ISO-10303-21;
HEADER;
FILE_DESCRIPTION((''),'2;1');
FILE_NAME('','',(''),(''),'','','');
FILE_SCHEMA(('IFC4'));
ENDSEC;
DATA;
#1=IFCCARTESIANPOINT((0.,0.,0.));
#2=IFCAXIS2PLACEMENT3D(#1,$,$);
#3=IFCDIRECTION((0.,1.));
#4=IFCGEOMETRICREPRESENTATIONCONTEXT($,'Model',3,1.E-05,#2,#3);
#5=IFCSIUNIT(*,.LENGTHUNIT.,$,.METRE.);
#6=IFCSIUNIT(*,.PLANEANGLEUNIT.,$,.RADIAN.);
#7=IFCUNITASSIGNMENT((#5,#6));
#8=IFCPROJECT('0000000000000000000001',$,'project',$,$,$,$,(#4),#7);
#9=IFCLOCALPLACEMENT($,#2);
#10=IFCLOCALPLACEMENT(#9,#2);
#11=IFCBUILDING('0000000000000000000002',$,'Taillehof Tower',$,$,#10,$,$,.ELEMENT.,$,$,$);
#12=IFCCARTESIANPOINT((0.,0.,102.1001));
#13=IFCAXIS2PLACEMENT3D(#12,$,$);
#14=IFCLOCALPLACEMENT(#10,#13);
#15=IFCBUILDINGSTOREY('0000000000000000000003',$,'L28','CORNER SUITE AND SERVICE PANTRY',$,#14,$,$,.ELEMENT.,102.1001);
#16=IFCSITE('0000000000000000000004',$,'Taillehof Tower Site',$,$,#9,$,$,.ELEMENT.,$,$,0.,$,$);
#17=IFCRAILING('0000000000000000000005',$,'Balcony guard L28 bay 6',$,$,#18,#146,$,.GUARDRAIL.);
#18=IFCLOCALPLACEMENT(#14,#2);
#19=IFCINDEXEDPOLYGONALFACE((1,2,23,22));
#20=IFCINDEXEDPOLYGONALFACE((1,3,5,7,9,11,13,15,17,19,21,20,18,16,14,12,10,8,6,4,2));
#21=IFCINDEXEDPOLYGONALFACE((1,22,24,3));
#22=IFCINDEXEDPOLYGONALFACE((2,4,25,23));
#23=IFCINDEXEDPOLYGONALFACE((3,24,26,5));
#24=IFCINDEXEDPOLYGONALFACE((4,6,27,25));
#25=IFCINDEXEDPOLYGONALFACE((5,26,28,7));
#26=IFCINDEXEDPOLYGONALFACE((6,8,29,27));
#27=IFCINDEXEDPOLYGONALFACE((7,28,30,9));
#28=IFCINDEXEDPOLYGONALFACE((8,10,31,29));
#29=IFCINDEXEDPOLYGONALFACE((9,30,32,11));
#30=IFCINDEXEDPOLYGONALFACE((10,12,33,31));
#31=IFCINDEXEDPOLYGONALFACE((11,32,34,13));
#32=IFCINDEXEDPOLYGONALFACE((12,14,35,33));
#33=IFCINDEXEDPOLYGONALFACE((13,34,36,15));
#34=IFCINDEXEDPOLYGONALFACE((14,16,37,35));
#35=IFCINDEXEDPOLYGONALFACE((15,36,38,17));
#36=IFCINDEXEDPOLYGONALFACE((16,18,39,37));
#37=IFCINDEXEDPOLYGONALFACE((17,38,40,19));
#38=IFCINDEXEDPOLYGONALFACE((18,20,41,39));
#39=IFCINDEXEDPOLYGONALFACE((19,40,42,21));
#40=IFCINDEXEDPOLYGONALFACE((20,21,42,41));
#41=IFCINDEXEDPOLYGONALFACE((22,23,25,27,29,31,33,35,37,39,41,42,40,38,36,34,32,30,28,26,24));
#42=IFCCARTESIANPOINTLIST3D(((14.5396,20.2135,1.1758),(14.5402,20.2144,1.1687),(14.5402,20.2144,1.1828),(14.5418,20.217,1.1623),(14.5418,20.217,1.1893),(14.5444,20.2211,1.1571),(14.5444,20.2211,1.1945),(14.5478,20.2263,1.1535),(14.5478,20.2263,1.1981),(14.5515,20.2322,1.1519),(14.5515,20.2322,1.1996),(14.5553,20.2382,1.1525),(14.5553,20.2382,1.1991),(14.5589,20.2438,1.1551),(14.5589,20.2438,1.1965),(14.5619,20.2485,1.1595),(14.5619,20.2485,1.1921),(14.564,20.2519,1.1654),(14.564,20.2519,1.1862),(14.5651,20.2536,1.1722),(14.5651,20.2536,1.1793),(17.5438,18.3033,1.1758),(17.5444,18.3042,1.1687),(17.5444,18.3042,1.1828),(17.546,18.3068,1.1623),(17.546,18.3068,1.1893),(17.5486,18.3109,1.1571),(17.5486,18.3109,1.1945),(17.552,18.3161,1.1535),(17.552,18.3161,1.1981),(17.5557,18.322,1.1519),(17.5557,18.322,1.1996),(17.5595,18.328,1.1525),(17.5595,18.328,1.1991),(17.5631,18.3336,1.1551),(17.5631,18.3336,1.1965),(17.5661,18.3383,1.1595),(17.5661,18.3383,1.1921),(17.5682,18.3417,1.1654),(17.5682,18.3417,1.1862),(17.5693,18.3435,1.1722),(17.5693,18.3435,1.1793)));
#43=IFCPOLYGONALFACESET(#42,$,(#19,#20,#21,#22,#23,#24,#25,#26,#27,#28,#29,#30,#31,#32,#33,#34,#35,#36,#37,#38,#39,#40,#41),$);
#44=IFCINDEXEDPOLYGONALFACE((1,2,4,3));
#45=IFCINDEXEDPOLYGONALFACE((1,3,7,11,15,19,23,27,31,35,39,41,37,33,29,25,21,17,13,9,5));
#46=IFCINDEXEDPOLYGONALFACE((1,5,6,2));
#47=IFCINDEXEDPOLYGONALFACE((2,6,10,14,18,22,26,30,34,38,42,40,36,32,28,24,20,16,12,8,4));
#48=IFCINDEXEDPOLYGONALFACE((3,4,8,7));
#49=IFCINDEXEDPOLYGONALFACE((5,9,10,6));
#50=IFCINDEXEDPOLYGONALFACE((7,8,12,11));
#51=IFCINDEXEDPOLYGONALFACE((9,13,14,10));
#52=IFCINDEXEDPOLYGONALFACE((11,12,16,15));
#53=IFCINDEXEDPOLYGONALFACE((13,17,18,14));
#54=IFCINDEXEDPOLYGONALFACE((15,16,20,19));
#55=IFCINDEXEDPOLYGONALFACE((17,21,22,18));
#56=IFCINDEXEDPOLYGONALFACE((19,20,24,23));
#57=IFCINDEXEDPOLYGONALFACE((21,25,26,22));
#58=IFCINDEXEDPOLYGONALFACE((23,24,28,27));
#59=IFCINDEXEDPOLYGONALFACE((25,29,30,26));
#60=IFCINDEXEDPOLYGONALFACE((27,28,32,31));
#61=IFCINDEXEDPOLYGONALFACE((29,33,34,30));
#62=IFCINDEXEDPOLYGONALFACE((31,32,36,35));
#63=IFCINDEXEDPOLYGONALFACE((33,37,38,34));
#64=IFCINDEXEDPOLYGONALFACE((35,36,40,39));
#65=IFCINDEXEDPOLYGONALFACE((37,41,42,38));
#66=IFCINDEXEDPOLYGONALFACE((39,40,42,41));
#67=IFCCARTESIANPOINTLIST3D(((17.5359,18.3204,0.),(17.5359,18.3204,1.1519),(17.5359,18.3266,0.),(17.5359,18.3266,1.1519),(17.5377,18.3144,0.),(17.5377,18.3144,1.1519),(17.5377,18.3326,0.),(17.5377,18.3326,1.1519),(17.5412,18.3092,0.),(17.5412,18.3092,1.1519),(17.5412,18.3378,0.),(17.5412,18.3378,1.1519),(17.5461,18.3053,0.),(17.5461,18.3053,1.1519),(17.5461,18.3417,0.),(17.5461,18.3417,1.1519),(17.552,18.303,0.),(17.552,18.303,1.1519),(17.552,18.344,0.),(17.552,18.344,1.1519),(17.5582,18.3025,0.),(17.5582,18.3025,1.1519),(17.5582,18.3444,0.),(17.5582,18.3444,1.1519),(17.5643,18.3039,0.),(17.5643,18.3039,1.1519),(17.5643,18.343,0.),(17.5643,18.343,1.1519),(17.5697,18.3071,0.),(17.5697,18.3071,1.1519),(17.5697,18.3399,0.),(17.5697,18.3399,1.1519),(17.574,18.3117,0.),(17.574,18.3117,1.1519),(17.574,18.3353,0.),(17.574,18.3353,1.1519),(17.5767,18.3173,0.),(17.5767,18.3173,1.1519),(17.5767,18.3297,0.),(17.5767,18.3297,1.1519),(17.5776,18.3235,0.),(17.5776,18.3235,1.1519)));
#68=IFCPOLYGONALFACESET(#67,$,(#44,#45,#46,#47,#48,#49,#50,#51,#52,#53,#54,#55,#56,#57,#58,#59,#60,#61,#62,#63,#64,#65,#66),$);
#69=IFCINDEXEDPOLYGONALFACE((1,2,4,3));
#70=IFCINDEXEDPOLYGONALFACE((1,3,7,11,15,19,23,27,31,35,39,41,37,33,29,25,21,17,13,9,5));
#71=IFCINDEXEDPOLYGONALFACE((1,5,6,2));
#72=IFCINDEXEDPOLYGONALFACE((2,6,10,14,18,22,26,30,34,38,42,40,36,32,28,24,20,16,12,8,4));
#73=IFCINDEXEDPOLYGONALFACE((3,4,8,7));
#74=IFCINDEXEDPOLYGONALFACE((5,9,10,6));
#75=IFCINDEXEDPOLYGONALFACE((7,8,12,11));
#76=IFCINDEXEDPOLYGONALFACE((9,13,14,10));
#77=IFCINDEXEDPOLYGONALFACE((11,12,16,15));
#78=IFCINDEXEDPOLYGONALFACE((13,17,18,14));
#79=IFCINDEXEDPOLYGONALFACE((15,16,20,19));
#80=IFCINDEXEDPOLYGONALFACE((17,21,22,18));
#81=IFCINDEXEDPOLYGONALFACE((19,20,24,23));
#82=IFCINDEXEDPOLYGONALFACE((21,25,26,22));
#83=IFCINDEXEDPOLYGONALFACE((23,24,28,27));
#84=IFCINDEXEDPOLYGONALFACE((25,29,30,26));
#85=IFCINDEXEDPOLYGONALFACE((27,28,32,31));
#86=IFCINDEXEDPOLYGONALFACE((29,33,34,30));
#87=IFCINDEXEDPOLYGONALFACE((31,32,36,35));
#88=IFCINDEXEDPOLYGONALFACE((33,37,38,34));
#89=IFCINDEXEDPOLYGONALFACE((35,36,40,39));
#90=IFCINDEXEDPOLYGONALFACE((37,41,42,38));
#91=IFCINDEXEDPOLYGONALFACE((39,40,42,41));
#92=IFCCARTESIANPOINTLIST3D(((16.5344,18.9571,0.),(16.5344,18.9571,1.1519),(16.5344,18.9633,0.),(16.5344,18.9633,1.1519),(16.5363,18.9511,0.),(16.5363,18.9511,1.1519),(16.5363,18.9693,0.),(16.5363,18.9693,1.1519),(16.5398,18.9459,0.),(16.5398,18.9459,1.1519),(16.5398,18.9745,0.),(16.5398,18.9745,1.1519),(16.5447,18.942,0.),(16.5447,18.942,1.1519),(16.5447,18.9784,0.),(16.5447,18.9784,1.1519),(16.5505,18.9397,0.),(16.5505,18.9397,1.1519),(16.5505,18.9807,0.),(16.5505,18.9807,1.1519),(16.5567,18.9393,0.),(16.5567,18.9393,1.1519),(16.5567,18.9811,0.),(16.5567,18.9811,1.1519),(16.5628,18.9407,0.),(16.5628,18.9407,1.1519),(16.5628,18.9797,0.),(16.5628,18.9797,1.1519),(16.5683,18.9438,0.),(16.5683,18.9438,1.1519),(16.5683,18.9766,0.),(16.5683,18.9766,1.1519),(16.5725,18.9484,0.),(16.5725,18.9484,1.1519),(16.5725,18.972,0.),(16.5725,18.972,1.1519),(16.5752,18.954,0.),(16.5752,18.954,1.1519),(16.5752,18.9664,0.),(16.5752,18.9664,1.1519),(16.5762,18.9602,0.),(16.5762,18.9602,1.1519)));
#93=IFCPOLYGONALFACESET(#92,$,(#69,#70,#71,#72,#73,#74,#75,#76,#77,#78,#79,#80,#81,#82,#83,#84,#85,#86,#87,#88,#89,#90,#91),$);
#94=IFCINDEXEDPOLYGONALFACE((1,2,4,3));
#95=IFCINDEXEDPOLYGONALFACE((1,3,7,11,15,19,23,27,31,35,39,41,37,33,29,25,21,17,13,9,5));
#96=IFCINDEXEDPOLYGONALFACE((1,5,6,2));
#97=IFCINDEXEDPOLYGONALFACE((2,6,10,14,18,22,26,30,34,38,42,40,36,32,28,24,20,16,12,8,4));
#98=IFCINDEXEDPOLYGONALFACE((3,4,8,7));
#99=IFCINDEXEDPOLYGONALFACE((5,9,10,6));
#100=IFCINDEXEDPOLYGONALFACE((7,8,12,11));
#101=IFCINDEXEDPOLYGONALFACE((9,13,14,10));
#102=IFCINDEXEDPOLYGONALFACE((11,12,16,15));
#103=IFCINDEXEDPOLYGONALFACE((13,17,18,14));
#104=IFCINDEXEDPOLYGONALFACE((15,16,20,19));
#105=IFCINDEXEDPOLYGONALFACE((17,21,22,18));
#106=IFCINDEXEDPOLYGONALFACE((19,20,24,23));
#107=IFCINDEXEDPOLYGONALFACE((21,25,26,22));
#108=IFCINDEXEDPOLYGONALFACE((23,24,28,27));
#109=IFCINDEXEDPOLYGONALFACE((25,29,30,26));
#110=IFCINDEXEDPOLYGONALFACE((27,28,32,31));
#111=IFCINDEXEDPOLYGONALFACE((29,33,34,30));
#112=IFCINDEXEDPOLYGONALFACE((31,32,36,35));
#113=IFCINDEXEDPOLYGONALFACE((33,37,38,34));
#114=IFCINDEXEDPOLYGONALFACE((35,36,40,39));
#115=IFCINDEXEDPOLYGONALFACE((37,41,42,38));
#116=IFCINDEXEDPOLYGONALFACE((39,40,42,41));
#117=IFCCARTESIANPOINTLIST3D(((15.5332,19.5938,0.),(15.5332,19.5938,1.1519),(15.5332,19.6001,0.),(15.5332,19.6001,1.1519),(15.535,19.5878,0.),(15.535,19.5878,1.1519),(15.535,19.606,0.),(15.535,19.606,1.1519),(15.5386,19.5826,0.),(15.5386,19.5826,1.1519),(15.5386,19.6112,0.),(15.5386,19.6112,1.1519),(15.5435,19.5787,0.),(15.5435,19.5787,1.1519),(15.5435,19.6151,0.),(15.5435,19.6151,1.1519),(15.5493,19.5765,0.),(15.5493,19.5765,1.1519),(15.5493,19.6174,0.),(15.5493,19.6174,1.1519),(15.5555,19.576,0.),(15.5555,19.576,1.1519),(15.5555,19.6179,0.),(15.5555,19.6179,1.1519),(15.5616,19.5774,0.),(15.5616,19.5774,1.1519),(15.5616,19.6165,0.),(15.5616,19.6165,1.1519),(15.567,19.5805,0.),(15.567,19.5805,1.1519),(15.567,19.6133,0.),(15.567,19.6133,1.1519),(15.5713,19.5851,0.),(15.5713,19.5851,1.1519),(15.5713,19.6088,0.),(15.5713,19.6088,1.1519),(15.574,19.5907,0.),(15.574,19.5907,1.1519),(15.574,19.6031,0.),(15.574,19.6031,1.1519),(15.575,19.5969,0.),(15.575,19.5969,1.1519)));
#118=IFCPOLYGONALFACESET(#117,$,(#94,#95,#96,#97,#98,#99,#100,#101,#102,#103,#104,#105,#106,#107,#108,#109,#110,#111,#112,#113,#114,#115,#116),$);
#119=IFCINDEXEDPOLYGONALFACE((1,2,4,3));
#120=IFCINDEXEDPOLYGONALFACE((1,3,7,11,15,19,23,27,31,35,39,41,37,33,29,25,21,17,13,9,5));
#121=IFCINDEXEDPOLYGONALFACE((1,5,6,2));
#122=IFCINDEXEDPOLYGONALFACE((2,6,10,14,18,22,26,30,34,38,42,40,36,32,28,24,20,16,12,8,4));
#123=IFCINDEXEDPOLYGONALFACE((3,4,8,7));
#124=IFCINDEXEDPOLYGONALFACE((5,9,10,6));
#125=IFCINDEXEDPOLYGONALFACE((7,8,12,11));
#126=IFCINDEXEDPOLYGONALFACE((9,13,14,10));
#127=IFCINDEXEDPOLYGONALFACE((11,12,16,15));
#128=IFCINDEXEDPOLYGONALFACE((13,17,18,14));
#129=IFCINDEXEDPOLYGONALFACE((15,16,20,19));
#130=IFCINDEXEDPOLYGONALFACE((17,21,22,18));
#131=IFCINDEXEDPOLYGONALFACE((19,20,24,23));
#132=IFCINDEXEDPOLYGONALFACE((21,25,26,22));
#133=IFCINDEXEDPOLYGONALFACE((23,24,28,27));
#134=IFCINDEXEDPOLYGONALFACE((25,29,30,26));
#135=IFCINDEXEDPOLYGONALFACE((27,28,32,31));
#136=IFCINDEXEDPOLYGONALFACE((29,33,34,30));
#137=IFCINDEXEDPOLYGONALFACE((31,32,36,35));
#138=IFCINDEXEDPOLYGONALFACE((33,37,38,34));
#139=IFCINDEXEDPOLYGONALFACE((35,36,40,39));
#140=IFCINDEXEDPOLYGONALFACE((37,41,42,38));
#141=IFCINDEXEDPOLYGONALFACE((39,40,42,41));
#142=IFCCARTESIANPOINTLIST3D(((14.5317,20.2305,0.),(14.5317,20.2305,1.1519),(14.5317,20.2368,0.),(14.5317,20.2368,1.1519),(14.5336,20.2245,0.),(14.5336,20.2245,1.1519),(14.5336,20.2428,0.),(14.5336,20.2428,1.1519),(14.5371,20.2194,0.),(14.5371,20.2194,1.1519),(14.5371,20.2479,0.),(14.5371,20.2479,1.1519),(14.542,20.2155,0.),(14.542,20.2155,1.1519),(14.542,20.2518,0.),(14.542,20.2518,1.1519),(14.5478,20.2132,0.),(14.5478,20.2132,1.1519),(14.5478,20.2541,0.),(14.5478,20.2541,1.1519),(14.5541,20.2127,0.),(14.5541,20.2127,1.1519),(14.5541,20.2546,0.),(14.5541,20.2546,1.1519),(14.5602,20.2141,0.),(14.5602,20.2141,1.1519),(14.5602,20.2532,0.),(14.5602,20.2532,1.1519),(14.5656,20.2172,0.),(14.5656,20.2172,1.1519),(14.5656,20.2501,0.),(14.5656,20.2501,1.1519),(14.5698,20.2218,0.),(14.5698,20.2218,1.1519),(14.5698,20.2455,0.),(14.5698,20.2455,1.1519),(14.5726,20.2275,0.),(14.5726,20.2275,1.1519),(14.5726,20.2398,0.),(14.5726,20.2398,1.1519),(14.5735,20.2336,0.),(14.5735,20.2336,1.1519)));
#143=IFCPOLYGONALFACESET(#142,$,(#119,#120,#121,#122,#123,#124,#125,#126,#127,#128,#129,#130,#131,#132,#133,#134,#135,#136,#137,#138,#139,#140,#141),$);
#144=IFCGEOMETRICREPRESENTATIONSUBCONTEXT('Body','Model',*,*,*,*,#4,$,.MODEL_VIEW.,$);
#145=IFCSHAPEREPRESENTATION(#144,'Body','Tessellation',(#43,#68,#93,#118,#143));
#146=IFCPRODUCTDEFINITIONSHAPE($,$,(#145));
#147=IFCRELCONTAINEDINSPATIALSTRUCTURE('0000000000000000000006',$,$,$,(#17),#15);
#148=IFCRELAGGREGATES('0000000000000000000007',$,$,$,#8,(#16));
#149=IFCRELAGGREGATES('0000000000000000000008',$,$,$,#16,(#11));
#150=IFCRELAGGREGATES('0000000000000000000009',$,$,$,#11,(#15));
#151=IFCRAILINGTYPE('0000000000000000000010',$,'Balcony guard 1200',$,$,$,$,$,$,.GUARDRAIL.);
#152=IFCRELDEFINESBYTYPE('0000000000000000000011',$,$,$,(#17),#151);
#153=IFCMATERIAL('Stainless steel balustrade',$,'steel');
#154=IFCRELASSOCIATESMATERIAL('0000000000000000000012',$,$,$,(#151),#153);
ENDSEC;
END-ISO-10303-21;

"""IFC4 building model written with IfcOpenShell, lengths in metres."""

from ifc_helpers import new_model, si_unit, direction, frame, origin, origin_2d, place, context, subcontext, project, spatial, circle, extrude, material, type_object, element, save


model = new_model("IFC4")

# Units and contexts
model_context = context("Model", 3, precision=1e-05, world=origin(), true_north=direction((0.0, 1.0)))
body_context = subcontext(model_context, "Body", "Model", "MODEL_VIEW")
ifc_project = project(units=[si_unit("LENGTHUNIT", "METRE"), si_unit("PLANEANGLEUNIT", "RADIAN")], contexts=[model_context])

# Site, building, storey
site_placement = place(None, origin())
site = spatial("IfcSite", under=ifc_project, at=site_placement, Name="Taillehof Tower Site", CompositionType="ELEMENT", RefElevation=0.0)
building_placement = place(site_placement, origin())
building = spatial("IfcBuilding", under=site, at=building_placement, Name="Taillehof Tower", CompositionType="ELEMENT")
storey_placement = place(building_placement, frame((0.0, 0.0, 102.1001)))
storey = spatial("IfcBuildingStorey", under=building, at=storey_placement, Name="L28", Description="CORNER SUITE AND SERVICE PANTRY", CompositionType="ELEMENT", Elevation=102.1001)

# Railing
ifc_material_1 = material(Name="Stainless steel balustrade", Category="steel")
railing_type = type_object("IfcRailingType", Name="Balcony guard 1200", PredefinedType="GUARDRAIL", material=ifc_material_1)
railing_1_placement = place(storey_placement, frame((17.5566, 18.3235, 0.0)))
element("IfcRailing", 1, at=railing_1_placement, inside=storey, type_object=railing_type, Name="Balcony guard L28 bay 6", PredefinedType="GUARDRAIL", context=body_context, shape_type="SweptSolid", body=[
    extrude(circle(Radius=0.0239, at=origin_2d()), frame((0.0, 0.0, 1.1758), z_axis=(-0.843862, 0.53656, 0.0), x_axis=(-0.53656, -0.843862, 0.0)), (0.0, 0.0, 1.0), 3.5601),
    extrude(circle(Radius=0.021, at=origin_2d()), origin(), (0.0, 0.0, 1.0), 1.1519),
    extrude(circle(Radius=0.021, at=origin_2d()), frame((-1.0015, 0.6367, 0.0)), (0.0, 0.0, 1.0), 1.1519),
    extrude(circle(Radius=0.021, at=origin_2d()), frame((-2.0027, 1.2734, 0.0)), (0.0, 0.0, 1.0), 1.1519),
    extrude(circle(Radius=0.021, at=origin_2d()), frame((-3.0042, 1.9102, 0.0)), (0.0, 0.0, 1.0), 1.1519),
])

save(model, "model.ifc")
